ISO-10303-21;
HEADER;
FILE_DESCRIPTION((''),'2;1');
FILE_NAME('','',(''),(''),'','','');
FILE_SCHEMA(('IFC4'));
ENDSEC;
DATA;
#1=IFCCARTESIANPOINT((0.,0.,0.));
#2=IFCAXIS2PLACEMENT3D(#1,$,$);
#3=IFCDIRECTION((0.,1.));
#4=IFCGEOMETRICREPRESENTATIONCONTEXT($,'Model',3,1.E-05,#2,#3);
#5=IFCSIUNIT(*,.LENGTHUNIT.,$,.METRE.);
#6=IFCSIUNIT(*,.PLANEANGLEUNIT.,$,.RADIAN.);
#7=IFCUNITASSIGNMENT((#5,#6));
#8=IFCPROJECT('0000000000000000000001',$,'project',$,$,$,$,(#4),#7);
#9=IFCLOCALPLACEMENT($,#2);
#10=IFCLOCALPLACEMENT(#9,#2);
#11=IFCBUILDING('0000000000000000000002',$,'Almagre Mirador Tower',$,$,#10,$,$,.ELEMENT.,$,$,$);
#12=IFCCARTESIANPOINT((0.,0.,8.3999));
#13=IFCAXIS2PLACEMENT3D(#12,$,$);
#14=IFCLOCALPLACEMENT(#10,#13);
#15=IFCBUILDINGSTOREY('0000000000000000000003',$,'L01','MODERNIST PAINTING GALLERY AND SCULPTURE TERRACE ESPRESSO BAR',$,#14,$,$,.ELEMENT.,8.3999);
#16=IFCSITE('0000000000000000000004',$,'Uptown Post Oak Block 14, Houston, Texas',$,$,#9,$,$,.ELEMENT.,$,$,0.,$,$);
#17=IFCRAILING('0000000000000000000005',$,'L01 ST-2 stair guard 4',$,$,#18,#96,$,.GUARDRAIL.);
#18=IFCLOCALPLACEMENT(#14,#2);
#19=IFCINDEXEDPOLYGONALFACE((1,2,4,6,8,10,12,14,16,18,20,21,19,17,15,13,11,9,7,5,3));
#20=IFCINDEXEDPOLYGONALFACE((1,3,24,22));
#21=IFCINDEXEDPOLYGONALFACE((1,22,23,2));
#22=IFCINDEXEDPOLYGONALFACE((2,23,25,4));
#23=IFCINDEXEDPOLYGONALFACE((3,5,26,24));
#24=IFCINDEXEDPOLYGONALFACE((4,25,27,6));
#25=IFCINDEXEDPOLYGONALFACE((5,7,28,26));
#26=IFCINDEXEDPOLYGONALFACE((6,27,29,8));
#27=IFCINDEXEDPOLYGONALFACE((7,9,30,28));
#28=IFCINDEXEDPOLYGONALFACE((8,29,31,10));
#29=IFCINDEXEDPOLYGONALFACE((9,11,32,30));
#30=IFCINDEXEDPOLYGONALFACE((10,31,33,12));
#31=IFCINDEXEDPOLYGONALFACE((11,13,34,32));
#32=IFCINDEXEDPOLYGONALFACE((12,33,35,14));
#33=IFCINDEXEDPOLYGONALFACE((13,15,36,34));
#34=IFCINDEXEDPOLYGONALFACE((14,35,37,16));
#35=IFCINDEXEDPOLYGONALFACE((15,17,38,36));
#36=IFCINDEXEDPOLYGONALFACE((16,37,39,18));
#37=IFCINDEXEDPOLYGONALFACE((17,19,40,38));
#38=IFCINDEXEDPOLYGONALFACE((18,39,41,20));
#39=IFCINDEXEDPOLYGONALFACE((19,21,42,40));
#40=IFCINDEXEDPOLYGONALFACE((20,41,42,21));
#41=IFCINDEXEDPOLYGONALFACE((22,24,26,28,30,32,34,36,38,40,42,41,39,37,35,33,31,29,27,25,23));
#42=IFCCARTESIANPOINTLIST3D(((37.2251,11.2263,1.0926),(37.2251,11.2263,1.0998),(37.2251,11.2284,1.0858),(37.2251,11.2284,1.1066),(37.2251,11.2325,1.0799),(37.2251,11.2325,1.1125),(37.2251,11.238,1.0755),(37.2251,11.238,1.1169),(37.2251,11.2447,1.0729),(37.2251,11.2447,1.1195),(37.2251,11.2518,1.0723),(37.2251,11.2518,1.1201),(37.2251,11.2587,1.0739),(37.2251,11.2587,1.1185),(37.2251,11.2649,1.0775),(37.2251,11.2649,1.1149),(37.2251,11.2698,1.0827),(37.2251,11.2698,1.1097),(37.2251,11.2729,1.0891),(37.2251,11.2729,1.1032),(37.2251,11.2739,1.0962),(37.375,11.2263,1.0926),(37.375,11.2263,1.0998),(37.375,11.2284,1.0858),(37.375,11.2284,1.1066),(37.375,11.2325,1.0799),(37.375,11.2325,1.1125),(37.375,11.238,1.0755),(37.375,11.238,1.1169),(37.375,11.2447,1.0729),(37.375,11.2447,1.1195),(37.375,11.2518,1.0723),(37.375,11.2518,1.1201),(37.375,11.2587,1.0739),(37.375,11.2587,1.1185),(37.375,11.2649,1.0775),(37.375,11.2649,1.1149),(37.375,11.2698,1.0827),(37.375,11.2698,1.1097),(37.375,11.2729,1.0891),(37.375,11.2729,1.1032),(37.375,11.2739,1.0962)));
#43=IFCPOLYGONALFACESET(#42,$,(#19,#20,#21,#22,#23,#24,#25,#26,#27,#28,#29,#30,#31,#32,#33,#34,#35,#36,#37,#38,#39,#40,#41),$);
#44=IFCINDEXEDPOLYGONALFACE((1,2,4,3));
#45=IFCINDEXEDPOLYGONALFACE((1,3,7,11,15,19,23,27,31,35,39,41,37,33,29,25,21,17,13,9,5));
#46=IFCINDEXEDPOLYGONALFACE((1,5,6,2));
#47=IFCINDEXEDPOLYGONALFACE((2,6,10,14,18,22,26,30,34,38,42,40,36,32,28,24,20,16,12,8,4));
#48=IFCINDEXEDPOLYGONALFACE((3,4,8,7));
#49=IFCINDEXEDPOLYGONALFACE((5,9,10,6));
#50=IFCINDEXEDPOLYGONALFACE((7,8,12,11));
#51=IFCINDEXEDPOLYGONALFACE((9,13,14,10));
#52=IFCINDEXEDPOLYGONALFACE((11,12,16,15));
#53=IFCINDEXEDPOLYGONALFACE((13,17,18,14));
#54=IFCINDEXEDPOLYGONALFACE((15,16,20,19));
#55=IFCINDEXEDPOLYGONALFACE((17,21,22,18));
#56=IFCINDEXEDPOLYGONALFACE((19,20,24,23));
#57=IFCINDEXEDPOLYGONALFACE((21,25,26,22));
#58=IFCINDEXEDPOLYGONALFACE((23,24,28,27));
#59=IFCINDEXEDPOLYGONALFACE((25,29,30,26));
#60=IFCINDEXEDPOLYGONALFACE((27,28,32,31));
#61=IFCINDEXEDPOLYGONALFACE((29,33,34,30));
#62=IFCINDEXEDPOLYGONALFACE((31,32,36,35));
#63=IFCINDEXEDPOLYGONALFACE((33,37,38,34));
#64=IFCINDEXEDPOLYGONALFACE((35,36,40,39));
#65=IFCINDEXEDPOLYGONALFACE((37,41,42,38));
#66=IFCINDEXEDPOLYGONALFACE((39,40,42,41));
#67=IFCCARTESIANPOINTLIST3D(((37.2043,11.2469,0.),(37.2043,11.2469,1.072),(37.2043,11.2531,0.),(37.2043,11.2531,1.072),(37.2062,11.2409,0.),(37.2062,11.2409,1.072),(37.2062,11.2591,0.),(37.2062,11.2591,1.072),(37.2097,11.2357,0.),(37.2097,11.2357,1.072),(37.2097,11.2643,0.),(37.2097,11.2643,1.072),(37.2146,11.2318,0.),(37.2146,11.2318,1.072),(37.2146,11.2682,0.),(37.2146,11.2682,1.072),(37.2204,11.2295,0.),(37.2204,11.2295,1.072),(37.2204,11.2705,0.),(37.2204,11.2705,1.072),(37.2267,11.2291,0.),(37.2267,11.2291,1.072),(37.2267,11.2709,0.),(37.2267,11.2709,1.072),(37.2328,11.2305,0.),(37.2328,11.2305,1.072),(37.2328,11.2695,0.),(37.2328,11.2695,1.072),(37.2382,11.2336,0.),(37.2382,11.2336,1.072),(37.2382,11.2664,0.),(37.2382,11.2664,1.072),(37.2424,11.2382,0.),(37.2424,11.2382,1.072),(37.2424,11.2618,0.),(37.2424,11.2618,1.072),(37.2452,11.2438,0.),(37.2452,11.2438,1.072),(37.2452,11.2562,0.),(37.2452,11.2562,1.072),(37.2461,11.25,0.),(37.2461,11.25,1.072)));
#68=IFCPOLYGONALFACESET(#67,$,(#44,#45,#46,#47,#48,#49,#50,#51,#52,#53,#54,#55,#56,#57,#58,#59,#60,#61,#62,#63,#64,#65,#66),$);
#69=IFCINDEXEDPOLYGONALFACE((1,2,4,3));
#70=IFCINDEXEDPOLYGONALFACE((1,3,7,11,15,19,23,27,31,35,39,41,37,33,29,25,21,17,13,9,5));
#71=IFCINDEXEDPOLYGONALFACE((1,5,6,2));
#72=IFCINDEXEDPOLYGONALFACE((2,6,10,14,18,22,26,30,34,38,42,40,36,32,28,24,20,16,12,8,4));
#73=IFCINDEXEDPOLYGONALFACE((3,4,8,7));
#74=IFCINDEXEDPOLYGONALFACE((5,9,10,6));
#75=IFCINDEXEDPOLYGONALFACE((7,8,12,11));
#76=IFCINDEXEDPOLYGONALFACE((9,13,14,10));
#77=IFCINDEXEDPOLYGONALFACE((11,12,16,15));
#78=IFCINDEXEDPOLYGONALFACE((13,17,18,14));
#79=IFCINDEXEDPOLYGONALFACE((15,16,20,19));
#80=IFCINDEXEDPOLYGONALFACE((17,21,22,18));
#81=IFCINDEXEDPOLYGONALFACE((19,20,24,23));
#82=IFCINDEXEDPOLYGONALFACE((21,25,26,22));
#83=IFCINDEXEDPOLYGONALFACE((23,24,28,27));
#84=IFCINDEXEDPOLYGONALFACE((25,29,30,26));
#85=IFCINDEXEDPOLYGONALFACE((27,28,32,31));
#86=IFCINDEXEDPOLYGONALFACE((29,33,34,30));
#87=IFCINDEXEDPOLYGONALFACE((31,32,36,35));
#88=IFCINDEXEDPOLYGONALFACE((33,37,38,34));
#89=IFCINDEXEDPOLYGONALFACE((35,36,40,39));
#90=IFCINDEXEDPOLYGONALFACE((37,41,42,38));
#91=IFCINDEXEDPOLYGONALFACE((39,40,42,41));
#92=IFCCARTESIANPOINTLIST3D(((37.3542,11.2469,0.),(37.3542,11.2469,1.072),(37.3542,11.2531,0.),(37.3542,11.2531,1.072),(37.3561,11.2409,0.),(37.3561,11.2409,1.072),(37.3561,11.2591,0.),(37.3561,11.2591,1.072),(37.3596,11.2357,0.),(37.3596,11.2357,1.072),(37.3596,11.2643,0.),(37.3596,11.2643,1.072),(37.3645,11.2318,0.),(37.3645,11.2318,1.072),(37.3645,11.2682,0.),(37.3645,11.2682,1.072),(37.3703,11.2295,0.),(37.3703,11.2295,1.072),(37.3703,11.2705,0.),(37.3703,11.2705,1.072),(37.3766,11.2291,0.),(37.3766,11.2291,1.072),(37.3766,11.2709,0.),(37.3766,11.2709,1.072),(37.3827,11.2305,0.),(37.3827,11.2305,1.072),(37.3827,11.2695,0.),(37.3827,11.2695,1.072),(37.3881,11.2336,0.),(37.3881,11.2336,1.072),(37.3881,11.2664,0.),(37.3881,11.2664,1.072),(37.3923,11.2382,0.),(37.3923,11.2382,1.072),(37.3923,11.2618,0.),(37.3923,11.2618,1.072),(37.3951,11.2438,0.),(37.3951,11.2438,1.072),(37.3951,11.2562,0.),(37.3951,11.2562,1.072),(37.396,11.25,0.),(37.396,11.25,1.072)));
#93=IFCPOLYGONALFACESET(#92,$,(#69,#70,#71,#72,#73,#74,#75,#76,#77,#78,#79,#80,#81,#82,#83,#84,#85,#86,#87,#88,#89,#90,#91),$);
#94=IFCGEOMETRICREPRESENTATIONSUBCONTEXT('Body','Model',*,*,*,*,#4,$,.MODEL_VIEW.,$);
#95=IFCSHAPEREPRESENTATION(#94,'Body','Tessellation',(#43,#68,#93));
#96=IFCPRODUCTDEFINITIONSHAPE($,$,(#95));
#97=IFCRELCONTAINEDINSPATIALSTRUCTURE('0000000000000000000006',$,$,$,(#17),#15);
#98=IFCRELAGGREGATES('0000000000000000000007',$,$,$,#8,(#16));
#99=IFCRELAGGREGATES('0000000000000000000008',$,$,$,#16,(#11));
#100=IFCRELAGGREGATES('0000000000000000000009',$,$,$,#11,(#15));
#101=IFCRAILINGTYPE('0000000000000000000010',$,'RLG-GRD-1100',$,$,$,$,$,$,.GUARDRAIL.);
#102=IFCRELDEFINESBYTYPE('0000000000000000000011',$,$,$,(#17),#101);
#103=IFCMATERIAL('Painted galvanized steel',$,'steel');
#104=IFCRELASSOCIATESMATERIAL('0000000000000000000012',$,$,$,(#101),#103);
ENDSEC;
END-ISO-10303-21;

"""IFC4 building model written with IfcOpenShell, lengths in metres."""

from ifc_helpers import new_model, si_unit, direction, frame, origin, origin_2d, place, context, subcontext, project, spatial, circle, extrude, material, type_object, element, save


model = new_model("IFC4")

# Units and contexts
model_context = context("Model", 3, precision=1e-05, world=origin(), true_north=direction((0.0, 1.0)))
body_context = subcontext(model_context, "Body", "Model", "MODEL_VIEW")
ifc_project = project(units=[si_unit("LENGTHUNIT", "METRE"), si_unit("PLANEANGLEUNIT", "RADIAN")], contexts=[model_context])

# Site, building, storey
site_placement = place(None, origin())
site = spatial("IfcSite", under=ifc_project, at=site_placement, Name="Uptown Post Oak Block 14, Houston, Texas", CompositionType="ELEMENT", RefElevation=0.0)
building_placement = place(site_placement, origin())
building = spatial("IfcBuilding", under=site, at=building_placement, Name="Almagre Mirador Tower", CompositionType="ELEMENT")
storey_placement = place(building_placement, frame((0.0, 0.0, 8.3999)))
storey = spatial("IfcBuildingStorey", under=building, at=storey_placement, Name="L01", Description="MODERNIST PAINTING GALLERY AND SCULPTURE TERRACE ESPRESSO BAR", CompositionType="ELEMENT", Elevation=8.3999)

# Railing
ifc_material_1 = material(Name="Painted galvanized steel", Category="steel")
railing_type_1 = type_object("IfcRailingType", Name="RLG-GRD-1100", PredefinedType="GUARDRAIL", material=ifc_material_1)
railing_1_placement = place(storey_placement, frame((37.2251, 11.25, 0.0)))
element("IfcRailing", 1, at=railing_1_placement, inside=storey, type_object=railing_type_1, Name="L01 ST-2 stair guard 4", PredefinedType="GUARDRAIL", context=body_context, shape_type="SweptSolid", body=[
    extrude(circle(Radius=0.0239, at=origin_2d()), frame((0.0, 0.0, 1.0962), z_axis=(1.0, 0.0, 0.0), x_axis=(0.0, 1.0, 0.0)), (0.0, 0.0, 1.0), 0.1499),
    extrude(circle(Radius=0.021, at=origin_2d()), origin(), (0.0, 0.0, 1.0), 1.072),
    extrude(circle(Radius=0.021, at=origin_2d()), frame((0.1499, 0.0, 0.0)), (0.0, 0.0, 1.0), 1.072),
])

save(model, "model.ifc")
